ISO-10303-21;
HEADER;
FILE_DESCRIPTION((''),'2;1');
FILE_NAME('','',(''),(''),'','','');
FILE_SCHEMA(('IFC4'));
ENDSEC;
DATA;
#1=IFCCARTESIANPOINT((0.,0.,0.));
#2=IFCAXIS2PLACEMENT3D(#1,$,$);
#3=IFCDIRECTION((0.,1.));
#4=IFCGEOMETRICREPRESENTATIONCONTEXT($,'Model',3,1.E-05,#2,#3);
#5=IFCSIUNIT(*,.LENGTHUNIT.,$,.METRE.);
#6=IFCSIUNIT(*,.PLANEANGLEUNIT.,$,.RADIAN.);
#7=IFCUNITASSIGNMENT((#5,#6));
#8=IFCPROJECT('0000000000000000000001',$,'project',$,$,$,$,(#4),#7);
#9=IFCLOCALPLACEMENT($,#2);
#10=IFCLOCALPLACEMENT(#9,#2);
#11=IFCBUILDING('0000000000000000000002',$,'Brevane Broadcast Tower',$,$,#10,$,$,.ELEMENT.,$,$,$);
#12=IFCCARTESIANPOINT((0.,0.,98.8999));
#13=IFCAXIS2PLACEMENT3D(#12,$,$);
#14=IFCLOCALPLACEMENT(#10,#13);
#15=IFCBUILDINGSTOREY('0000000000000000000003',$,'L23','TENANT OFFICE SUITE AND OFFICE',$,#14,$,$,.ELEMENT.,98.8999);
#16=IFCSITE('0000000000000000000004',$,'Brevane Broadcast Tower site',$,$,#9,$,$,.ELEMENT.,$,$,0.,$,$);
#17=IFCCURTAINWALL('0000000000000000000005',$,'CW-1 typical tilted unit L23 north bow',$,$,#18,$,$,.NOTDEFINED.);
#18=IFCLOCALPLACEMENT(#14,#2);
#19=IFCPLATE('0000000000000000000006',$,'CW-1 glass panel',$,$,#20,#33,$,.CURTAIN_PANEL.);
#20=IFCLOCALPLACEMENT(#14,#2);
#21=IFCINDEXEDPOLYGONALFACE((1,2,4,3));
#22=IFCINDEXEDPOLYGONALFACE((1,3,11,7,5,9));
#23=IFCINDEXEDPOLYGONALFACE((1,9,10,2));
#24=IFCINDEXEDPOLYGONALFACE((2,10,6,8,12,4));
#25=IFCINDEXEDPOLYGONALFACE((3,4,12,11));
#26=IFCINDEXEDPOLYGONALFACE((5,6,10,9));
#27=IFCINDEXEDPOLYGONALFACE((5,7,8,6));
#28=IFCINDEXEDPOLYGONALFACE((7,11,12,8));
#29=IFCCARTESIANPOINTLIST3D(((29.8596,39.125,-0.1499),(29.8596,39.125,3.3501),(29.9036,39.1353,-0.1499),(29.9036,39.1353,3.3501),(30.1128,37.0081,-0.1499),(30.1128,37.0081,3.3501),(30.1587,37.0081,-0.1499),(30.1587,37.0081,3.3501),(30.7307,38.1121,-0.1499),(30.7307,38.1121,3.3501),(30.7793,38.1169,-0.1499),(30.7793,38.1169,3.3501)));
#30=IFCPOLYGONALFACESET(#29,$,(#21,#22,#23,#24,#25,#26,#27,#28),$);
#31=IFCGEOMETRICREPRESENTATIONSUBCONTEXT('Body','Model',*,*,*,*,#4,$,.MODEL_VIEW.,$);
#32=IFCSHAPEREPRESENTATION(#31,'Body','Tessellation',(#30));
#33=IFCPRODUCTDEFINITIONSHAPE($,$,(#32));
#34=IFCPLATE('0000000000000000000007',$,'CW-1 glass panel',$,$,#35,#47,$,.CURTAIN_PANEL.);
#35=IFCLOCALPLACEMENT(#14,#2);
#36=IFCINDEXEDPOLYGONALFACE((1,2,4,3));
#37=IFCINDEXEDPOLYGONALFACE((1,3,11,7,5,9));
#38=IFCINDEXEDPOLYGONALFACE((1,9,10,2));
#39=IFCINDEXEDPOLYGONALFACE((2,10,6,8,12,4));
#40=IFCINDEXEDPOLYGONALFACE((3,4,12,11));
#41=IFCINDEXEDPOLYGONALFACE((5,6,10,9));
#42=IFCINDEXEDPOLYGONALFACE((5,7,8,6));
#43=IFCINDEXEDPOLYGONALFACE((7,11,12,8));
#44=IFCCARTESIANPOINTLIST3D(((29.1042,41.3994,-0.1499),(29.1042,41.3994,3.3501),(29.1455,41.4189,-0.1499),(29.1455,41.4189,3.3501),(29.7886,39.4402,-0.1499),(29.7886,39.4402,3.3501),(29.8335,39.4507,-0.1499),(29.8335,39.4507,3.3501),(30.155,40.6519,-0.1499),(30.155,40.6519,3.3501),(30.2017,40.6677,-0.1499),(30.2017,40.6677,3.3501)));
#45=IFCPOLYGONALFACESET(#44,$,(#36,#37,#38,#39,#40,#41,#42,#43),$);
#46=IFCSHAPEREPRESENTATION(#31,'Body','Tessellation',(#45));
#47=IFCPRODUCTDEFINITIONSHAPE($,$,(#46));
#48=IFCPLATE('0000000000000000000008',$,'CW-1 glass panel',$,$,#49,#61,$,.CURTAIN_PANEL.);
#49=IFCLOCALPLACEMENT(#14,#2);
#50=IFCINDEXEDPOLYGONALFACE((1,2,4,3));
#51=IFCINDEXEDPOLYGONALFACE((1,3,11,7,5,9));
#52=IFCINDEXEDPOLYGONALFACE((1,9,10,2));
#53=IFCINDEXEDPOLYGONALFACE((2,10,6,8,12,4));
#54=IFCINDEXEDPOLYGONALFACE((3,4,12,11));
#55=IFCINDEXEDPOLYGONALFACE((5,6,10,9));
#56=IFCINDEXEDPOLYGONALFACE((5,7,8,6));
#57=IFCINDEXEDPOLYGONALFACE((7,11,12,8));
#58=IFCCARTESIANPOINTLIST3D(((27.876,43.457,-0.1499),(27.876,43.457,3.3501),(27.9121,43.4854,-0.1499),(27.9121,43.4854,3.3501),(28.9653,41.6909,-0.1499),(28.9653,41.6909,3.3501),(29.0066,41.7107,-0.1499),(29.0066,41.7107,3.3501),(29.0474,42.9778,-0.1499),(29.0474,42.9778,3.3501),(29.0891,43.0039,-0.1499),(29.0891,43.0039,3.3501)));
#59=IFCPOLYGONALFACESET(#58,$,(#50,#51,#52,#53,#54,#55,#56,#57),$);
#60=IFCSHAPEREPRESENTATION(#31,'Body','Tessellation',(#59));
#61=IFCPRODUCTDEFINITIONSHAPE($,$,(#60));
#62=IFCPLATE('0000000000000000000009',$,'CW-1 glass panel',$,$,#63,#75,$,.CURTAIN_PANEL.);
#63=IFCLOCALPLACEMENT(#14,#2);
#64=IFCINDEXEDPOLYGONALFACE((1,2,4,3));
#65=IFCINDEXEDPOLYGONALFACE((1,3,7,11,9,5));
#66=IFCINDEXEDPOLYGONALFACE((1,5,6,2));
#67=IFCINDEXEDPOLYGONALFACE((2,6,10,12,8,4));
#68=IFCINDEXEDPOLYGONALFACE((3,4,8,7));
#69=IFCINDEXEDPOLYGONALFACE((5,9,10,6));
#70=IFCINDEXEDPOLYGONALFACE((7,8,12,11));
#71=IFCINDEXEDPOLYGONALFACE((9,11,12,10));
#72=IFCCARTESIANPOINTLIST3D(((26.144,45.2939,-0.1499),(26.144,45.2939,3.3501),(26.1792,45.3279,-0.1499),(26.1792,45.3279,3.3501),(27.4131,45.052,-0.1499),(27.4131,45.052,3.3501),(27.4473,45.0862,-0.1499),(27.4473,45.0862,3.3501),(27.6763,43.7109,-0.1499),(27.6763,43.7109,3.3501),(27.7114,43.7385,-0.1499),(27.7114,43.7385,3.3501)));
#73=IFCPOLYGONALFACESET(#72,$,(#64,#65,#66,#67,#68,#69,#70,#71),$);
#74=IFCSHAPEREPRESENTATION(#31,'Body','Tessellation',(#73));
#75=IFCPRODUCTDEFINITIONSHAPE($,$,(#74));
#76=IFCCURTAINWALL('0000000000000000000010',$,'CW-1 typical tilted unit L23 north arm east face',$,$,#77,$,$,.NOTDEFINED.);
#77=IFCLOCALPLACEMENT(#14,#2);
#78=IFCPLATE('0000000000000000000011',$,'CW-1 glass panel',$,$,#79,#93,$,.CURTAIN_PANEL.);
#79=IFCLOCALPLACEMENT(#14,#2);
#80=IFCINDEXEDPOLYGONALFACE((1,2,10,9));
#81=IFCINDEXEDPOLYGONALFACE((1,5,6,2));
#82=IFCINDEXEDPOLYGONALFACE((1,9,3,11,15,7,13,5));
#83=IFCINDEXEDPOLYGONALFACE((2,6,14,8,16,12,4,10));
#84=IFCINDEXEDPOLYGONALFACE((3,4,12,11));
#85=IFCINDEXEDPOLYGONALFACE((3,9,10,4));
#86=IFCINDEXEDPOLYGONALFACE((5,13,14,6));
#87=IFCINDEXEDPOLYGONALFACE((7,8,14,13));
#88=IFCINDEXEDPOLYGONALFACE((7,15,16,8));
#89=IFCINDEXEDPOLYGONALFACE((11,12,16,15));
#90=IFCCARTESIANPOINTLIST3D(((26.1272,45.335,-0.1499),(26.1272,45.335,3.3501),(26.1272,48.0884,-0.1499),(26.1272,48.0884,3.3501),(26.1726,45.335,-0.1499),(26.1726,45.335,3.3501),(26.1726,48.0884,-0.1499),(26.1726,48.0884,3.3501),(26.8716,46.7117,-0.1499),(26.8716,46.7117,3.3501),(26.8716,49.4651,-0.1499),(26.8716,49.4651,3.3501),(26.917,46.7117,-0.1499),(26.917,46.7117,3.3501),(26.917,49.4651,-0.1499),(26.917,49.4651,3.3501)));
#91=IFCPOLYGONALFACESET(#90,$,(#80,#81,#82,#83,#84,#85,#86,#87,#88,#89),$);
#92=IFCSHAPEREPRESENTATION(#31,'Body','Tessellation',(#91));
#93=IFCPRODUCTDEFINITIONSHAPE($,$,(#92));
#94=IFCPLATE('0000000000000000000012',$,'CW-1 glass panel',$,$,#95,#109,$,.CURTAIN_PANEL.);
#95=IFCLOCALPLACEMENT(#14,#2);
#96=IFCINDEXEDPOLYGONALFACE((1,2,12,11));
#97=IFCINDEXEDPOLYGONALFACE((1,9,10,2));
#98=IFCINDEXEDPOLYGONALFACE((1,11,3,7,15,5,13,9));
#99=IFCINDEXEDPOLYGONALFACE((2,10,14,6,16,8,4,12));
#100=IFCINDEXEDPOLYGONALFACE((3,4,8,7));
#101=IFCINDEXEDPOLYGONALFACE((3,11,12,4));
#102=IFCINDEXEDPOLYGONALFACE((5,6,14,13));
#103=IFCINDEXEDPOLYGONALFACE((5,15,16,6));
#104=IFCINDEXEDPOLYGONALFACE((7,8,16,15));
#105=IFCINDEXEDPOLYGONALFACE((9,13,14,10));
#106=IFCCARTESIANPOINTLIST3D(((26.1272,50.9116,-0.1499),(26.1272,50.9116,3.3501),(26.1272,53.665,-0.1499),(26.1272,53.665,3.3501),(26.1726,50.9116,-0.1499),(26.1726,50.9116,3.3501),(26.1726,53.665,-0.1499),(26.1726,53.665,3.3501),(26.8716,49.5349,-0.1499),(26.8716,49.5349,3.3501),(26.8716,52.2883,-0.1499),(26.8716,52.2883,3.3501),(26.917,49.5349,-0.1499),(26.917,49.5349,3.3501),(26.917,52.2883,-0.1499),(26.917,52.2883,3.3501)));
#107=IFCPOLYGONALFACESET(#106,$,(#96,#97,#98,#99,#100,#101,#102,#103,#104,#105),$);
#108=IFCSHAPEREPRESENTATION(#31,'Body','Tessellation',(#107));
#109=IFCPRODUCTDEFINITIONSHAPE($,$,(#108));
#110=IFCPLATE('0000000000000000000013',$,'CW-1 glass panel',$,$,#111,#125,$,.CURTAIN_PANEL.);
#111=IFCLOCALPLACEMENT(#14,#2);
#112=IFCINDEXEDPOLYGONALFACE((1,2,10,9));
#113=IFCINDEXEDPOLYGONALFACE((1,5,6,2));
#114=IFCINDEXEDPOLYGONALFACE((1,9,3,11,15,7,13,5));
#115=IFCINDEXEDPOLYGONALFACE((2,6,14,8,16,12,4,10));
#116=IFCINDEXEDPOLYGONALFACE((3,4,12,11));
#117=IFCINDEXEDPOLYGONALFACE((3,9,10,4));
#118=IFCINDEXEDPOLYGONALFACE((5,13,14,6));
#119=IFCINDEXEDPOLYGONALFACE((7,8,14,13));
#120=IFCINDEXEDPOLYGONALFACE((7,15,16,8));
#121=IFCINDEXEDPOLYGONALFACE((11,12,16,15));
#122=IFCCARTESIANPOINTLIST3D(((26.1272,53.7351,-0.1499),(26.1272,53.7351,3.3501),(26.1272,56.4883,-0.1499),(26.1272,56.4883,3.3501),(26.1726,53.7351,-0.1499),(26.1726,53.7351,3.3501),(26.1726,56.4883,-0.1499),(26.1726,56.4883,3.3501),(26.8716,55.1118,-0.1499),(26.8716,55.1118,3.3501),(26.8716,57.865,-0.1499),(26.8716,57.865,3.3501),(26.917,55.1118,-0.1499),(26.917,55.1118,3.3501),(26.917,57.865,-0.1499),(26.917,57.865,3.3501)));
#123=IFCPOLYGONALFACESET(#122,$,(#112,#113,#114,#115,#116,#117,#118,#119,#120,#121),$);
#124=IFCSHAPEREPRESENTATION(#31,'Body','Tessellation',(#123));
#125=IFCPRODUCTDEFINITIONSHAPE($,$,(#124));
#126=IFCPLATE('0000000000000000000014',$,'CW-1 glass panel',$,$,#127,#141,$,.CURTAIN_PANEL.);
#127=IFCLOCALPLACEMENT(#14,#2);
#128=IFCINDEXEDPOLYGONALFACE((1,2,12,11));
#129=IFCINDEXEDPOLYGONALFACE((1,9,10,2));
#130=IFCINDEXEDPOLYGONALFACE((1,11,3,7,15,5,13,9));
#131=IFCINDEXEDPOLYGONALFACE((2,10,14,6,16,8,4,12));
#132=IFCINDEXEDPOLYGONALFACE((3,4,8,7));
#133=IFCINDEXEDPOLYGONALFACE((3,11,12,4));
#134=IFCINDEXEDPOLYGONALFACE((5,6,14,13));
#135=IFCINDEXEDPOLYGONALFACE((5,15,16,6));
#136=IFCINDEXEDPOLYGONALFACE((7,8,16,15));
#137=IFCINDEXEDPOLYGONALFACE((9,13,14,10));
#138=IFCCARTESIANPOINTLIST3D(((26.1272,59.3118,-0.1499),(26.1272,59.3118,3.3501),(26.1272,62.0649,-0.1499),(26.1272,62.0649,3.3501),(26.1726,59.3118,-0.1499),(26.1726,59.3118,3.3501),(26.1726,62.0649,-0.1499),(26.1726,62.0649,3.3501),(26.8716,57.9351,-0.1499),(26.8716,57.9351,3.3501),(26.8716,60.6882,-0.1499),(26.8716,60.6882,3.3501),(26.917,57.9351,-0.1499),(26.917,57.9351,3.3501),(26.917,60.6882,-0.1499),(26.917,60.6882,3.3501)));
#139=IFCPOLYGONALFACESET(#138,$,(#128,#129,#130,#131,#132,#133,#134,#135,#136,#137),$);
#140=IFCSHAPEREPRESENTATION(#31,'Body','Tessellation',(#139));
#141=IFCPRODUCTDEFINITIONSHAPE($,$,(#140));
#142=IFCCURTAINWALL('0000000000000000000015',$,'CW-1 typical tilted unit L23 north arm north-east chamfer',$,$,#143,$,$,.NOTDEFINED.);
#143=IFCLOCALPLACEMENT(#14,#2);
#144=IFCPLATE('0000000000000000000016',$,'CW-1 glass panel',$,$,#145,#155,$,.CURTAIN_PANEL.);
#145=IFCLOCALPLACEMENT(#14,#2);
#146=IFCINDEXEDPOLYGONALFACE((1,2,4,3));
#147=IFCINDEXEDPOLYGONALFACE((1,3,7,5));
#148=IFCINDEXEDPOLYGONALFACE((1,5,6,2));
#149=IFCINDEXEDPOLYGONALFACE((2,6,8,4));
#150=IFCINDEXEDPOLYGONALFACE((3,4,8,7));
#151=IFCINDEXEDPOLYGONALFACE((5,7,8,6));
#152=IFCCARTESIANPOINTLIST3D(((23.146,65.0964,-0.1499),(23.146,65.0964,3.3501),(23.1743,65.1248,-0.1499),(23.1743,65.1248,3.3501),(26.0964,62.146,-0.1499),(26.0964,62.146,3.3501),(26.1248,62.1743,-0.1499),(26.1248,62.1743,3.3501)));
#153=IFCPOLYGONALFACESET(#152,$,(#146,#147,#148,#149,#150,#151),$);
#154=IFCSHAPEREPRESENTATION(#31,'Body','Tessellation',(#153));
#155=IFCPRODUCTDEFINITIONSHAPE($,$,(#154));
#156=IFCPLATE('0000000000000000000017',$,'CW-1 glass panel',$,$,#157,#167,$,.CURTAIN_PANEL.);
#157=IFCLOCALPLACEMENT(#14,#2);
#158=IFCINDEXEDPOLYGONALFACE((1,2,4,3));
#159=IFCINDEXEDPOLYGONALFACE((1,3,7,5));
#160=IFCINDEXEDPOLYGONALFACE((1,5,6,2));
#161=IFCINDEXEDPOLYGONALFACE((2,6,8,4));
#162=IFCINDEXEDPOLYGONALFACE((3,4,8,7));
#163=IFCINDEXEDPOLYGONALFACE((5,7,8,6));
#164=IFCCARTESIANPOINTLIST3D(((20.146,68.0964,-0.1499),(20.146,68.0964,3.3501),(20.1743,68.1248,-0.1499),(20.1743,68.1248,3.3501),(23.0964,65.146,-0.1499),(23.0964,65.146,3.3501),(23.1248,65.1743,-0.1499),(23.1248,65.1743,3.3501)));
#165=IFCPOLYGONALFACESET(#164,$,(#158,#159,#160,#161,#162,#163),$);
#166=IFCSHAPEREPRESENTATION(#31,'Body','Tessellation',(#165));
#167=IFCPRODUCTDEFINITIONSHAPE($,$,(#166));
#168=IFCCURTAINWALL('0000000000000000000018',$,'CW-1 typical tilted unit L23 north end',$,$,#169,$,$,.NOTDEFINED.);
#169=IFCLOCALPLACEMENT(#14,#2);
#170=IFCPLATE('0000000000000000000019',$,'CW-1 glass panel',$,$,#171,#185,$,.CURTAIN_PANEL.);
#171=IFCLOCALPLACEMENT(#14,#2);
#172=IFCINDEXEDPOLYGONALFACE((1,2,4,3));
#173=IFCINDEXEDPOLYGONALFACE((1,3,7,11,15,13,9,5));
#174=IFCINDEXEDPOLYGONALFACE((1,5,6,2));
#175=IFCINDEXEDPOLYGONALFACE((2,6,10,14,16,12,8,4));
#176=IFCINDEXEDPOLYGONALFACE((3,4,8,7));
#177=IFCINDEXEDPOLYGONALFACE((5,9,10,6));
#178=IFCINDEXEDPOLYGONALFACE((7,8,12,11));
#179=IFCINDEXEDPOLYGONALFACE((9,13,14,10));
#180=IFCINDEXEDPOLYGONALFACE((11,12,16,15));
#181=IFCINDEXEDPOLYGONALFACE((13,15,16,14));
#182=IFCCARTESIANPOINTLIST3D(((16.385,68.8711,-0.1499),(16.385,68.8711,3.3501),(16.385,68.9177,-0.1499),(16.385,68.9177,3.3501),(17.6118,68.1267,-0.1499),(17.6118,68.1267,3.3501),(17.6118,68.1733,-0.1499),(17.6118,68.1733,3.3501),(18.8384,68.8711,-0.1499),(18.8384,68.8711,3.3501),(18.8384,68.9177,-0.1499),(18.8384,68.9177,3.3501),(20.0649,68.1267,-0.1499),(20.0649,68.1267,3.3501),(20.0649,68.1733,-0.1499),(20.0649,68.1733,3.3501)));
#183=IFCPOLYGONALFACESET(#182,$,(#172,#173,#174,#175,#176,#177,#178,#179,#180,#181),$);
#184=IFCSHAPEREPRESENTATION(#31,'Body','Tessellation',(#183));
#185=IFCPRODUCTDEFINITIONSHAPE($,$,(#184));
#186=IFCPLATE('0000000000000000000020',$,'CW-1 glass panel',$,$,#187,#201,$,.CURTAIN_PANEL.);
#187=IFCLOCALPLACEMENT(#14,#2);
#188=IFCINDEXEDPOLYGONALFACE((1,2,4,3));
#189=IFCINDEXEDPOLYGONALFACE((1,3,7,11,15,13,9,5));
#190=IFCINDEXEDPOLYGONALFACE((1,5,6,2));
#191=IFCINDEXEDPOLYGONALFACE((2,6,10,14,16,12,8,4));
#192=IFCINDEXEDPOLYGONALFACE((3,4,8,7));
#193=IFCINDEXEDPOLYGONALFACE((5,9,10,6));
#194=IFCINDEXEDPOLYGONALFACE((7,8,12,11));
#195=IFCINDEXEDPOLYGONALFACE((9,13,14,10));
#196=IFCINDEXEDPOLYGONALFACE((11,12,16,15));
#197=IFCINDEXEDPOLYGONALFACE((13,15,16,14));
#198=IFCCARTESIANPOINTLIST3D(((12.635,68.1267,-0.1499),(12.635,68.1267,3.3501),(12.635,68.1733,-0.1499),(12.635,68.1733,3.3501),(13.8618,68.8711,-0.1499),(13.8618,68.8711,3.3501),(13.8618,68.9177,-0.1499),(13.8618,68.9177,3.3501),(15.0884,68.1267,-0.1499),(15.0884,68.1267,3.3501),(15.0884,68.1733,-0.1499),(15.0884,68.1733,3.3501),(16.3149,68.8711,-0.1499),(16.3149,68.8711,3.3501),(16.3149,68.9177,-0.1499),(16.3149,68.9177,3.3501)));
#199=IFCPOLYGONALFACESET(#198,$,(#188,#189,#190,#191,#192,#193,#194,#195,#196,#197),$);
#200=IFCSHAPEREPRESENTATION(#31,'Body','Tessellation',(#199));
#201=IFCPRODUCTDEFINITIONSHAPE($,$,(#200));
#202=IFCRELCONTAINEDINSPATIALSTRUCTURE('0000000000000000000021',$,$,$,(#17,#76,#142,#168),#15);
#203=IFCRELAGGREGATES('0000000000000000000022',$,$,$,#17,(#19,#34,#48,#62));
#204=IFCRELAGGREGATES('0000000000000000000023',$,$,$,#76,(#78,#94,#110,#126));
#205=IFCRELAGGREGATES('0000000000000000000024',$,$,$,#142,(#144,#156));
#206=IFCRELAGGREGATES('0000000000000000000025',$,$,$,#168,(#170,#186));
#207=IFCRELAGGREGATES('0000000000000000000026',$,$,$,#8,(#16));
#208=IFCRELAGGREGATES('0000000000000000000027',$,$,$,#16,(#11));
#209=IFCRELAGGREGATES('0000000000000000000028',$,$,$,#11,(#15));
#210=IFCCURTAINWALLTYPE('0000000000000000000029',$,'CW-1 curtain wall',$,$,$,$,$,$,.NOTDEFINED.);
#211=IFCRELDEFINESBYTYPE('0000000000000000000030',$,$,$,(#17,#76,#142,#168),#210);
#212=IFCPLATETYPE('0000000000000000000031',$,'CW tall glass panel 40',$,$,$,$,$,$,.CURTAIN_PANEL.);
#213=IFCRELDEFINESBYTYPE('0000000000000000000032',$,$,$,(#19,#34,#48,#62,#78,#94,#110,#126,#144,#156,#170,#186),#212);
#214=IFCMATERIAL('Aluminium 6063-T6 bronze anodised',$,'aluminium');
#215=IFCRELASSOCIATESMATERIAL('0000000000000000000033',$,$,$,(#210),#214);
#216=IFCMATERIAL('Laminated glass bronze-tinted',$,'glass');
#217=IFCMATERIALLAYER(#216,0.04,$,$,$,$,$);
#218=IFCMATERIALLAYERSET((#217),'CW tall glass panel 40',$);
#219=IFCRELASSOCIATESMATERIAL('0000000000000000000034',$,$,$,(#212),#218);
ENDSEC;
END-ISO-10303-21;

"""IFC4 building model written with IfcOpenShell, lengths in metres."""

from ifc_helpers import new_model, si_unit, direction, frame, origin, place, context, subcontext, project, spatial, polyline, outline, extrude, material, layer, layer_set, type_object, element, aggregate, save


model = new_model("IFC4")

# Units and contexts
model_context = context("Model", 3, precision=1e-05, world=origin(), true_north=direction((0.0, 1.0)))
body_context = subcontext(model_context, "Body", "Model", "MODEL_VIEW")
ifc_project = project(units=[si_unit("LENGTHUNIT", "METRE"), si_unit("PLANEANGLEUNIT", "RADIAN")], contexts=[model_context])

# Site, building, storey
site_placement = place(None, origin())
site = spatial("IfcSite", under=ifc_project, at=site_placement, Name="Brevane Broadcast Tower site", CompositionType="ELEMENT", RefElevation=0.0)
building_placement = place(site_placement, origin())
building = spatial("IfcBuilding", under=site, at=building_placement, Name="Brevane Broadcast Tower", CompositionType="ELEMENT")
storey_placement = place(building_placement, frame((0.0, 0.0, 98.8999)))
storey = spatial("IfcBuildingStorey", under=building, at=storey_placement, Name="L23", Description="TENANT OFFICE SUITE AND OFFICE", CompositionType="ELEMENT", Elevation=98.8999)

# Shared definitions
ifc_material_1 = material(Name="Aluminium 6063-T6 bronze anodised", Category="aluminium")
curtain_wall_type = type_object("IfcCurtainWallType", Name="CW-1 curtain wall", PredefinedType="NOTDEFINED", material=ifc_material_1)

# Curtain walls, plates
ifc_material_2 = material(Name="Laminated glass bronze-tinted", Category="glass")
ifc_layer = layer(ifc_material_2, 0.04)
ifc_layer_set = layer_set([ifc_layer], Name="CW tall glass panel 40")
plate_type = type_object("IfcPlateType", Name="CW tall glass panel 40", PredefinedType="CURTAIN_PANEL", material=ifc_layer_set)
curtain_wall_1_placement = place(storey_placement, origin())
curtain_wall_1 = element("IfcCurtainWall", 1, at=curtain_wall_1_placement, inside=storey, type_object=curtain_wall_type, Name="CW-1 typical tilted unit L23 north bow", PredefinedType="NOTDEFINED")
plate_1_placement = place(storey_placement, frame((0.0, 0.0, -0.1499)))
plate_1 = element("IfcPlate", 2, at=plate_1_placement, type_object=plate_type, Name="CW-1 glass panel", PredefinedType="CURTAIN_PANEL", context=body_context, shape_type="SweptSolid", body=[
    extrude(outline(polyline([(30.1128, 37.0081), (30.1587, 37.0081), (30.7793, 38.1169), (29.9036, 39.1353), (29.8596, 39.125), (30.7307, 38.1121), (30.1128, 37.0081)])), origin(), (0.0, 0.0, 1.0), 3.5),
])
plate_2_placement = place(storey_placement, frame((0.0, 0.0, -0.1499)))
plate_2 = element("IfcPlate", 3, at=plate_2_placement, type_object=plate_type, Name="CW-1 glass panel", PredefinedType="CURTAIN_PANEL", context=body_context, shape_type="SweptSolid", body=[
    extrude(outline(polyline([(29.7886, 39.4402), (29.8335, 39.4507), (30.2017, 40.6677), (29.1455, 41.4189), (29.1042, 41.3994), (30.155, 40.6519), (29.7886, 39.4402)])), origin(), (0.0, 0.0, 1.0), 3.5),
])
plate_3_placement = place(storey_placement, frame((0.0, 0.0, -0.1499)))
plate_3 = element("IfcPlate", 4, at=plate_3_placement, type_object=plate_type, Name="CW-1 glass panel", PredefinedType="CURTAIN_PANEL", context=body_context, shape_type="SweptSolid", body=[
    extrude(outline(polyline([(28.9653, 41.6909), (29.0066, 41.7107), (29.0891, 43.0039), (27.9121, 43.4854), (27.876, 43.457), (29.0474, 42.9778), (28.9653, 41.6909)])), origin(), (0.0, 0.0, 1.0), 3.5),
])
plate_4_placement = place(storey_placement, frame((0.0, 0.0, -0.1499)))
plate_4 = element("IfcPlate", 5, at=plate_4_placement, type_object=plate_type, Name="CW-1 glass panel", PredefinedType="CURTAIN_PANEL", context=body_context, shape_type="SweptSolid", body=[
    extrude(outline(polyline([(27.6763, 43.7109), (27.7114, 43.7385), (27.4473, 45.0862), (26.1792, 45.3279), (26.144, 45.2939), (27.4131, 45.052), (27.6763, 43.7109)])), origin(), (0.0, 0.0, 1.0), 3.5),
])
aggregate(curtain_wall_1, [plate_1, plate_2, plate_3, plate_4])
curtain_wall_2_placement = place(storey_placement, origin())
curtain_wall_2 = element("IfcCurtainWall", 6, at=curtain_wall_2_placement, inside=storey, type_object=curtain_wall_type, Name="CW-1 typical tilted unit L23 north arm east face", PredefinedType="NOTDEFINED")
plate_5_placement = place(storey_placement, frame((0.0, 0.0, -0.1499)))
plate_5 = element("IfcPlate", 7, at=plate_5_placement, type_object=plate_type, Name="CW-1 glass panel", PredefinedType="CURTAIN_PANEL", context=body_context, shape_type="SweptSolid", body=[
    extrude(outline(polyline([(26.1272, 45.335), (26.1726, 45.335), (26.917, 46.7117), (26.1726, 48.0884), (26.917, 49.4651), (26.8716, 49.4651), (26.1272, 48.0884), (26.8716, 46.7117), (26.1272, 45.335)])), origin(), (0.0, 0.0, 1.0), 3.5),
])
plate_6_placement = place(storey_placement, frame((0.0, 0.0, -0.1499)))
plate_6 = element("IfcPlate", 8, at=plate_6_placement, type_object=plate_type, Name="CW-1 glass panel", PredefinedType="CURTAIN_PANEL", context=body_context, shape_type="SweptSolid", body=[
    extrude(outline(polyline([(26.8716, 49.5349), (26.917, 49.5349), (26.1726, 50.9116), (26.917, 52.2883), (26.1726, 53.665), (26.1272, 53.665), (26.8716, 52.2883), (26.1272, 50.9116), (26.8716, 49.5349)])), origin(), (0.0, 0.0, 1.0), 3.5),
])
plate_7_placement = place(storey_placement, frame((0.0, 0.0, -0.1499)))
plate_7 = element("IfcPlate", 9, at=plate_7_placement, type_object=plate_type, Name="CW-1 glass panel", PredefinedType="CURTAIN_PANEL", context=body_context, shape_type="SweptSolid", body=[
    extrude(outline(polyline([(26.1272, 53.7351), (26.1726, 53.7351), (26.917, 55.1118), (26.1726, 56.4883), (26.917, 57.865), (26.8716, 57.865), (26.1272, 56.4883), (26.8716, 55.1118), (26.1272, 53.7351)])), origin(), (0.0, 0.0, 1.0), 3.5),
])
plate_8_placement = place(storey_placement, frame((0.0, 0.0, -0.1499)))
plate_8 = element("IfcPlate", 10, at=plate_8_placement, type_object=plate_type, Name="CW-1 glass panel", PredefinedType="CURTAIN_PANEL", context=body_context, shape_type="SweptSolid", body=[
    extrude(outline(polyline([(26.8716, 57.9351), (26.917, 57.9351), (26.1726, 59.3118), (26.917, 60.6882), (26.1726, 62.0649), (26.1272, 62.0649), (26.8716, 60.6882), (26.1272, 59.3118), (26.8716, 57.9351)])), origin(), (0.0, 0.0, 1.0), 3.5),
])
aggregate(curtain_wall_2, [plate_5, plate_6, plate_7, plate_8])
curtain_wall_3_placement = place(storey_placement, origin())
curtain_wall_3 = element("IfcCurtainWall", 11, at=curtain_wall_3_placement, inside=storey, type_object=curtain_wall_type, Name="CW-1 typical tilted unit L23 north arm north-east chamfer", PredefinedType="NOTDEFINED")
plate_9_placement = place(storey_placement, frame((0.0, 0.0, -0.1499)))
plate_9 = element("IfcPlate", 12, at=plate_9_placement, type_object=plate_type, Name="CW-1 glass panel", PredefinedType="CURTAIN_PANEL", context=body_context, shape_type="SweptSolid", body=[
    extrude(outline(polyline([(26.0964, 62.146), (23.146, 65.0964), (23.1743, 65.1248), (26.1248, 62.1743), (26.0964, 62.146)])), origin(), (0.0, 0.0, 1.0), 3.5),
])
plate_10_placement = place(storey_placement, frame((0.0, 0.0, -0.1499)))
plate_10 = element("IfcPlate", 13, at=plate_10_placement, type_object=plate_type, Name="CW-1 glass panel", PredefinedType="CURTAIN_PANEL", context=body_context, shape_type="SweptSolid", body=[
    extrude(outline(polyline([(23.0964, 65.146), (20.146, 68.0964), (20.1743, 68.1248), (23.1248, 65.1743), (23.0964, 65.146)])), origin(), (0.0, 0.0, 1.0), 3.5),
])
aggregate(curtain_wall_3, [plate_9, plate_10])
curtain_wall_4_placement = place(storey_placement, origin())
curtain_wall_4 = element("IfcCurtainWall", 14, at=curtain_wall_4_placement, inside=storey, type_object=curtain_wall_type, Name="CW-1 typical tilted unit L23 north end", PredefinedType="NOTDEFINED")
plate_11_placement = place(storey_placement, frame((0.0, 0.0, -0.1499)))
plate_11 = element("IfcPlate", 15, at=plate_11_placement, type_object=plate_type, Name="CW-1 glass panel", PredefinedType="CURTAIN_PANEL", context=body_context, shape_type="SweptSolid", body=[
    extrude(outline(polyline([(20.0649, 68.1267), (20.0649, 68.1733), (18.8384, 68.9177), (17.6118, 68.1733), (16.385, 68.9177), (16.385, 68.8711), (17.6118, 68.1267), (18.8384, 68.8711), (20.0649, 68.1267)])), origin(), (0.0, 0.0, 1.0), 3.5),
])
plate_12_placement = place(storey_placement, frame((0.0, 0.0, -0.1499)))
plate_12 = element("IfcPlate", 16, at=plate_12_placement, type_object=plate_type, Name="CW-1 glass panel", PredefinedType="CURTAIN_PANEL", context=body_context, shape_type="SweptSolid", body=[
    extrude(outline(polyline([(16.3149, 68.8711), (16.3149, 68.9177), (15.0884, 68.1733), (13.8618, 68.9177), (12.635, 68.1733), (12.635, 68.1267), (13.8618, 68.8711), (15.0884, 68.1267), (16.3149, 68.8711)])), origin(), (0.0, 0.0, 1.0), 3.5),
])
aggregate(curtain_wall_4, [plate_11, plate_12])

save(model, "model.ifc")
